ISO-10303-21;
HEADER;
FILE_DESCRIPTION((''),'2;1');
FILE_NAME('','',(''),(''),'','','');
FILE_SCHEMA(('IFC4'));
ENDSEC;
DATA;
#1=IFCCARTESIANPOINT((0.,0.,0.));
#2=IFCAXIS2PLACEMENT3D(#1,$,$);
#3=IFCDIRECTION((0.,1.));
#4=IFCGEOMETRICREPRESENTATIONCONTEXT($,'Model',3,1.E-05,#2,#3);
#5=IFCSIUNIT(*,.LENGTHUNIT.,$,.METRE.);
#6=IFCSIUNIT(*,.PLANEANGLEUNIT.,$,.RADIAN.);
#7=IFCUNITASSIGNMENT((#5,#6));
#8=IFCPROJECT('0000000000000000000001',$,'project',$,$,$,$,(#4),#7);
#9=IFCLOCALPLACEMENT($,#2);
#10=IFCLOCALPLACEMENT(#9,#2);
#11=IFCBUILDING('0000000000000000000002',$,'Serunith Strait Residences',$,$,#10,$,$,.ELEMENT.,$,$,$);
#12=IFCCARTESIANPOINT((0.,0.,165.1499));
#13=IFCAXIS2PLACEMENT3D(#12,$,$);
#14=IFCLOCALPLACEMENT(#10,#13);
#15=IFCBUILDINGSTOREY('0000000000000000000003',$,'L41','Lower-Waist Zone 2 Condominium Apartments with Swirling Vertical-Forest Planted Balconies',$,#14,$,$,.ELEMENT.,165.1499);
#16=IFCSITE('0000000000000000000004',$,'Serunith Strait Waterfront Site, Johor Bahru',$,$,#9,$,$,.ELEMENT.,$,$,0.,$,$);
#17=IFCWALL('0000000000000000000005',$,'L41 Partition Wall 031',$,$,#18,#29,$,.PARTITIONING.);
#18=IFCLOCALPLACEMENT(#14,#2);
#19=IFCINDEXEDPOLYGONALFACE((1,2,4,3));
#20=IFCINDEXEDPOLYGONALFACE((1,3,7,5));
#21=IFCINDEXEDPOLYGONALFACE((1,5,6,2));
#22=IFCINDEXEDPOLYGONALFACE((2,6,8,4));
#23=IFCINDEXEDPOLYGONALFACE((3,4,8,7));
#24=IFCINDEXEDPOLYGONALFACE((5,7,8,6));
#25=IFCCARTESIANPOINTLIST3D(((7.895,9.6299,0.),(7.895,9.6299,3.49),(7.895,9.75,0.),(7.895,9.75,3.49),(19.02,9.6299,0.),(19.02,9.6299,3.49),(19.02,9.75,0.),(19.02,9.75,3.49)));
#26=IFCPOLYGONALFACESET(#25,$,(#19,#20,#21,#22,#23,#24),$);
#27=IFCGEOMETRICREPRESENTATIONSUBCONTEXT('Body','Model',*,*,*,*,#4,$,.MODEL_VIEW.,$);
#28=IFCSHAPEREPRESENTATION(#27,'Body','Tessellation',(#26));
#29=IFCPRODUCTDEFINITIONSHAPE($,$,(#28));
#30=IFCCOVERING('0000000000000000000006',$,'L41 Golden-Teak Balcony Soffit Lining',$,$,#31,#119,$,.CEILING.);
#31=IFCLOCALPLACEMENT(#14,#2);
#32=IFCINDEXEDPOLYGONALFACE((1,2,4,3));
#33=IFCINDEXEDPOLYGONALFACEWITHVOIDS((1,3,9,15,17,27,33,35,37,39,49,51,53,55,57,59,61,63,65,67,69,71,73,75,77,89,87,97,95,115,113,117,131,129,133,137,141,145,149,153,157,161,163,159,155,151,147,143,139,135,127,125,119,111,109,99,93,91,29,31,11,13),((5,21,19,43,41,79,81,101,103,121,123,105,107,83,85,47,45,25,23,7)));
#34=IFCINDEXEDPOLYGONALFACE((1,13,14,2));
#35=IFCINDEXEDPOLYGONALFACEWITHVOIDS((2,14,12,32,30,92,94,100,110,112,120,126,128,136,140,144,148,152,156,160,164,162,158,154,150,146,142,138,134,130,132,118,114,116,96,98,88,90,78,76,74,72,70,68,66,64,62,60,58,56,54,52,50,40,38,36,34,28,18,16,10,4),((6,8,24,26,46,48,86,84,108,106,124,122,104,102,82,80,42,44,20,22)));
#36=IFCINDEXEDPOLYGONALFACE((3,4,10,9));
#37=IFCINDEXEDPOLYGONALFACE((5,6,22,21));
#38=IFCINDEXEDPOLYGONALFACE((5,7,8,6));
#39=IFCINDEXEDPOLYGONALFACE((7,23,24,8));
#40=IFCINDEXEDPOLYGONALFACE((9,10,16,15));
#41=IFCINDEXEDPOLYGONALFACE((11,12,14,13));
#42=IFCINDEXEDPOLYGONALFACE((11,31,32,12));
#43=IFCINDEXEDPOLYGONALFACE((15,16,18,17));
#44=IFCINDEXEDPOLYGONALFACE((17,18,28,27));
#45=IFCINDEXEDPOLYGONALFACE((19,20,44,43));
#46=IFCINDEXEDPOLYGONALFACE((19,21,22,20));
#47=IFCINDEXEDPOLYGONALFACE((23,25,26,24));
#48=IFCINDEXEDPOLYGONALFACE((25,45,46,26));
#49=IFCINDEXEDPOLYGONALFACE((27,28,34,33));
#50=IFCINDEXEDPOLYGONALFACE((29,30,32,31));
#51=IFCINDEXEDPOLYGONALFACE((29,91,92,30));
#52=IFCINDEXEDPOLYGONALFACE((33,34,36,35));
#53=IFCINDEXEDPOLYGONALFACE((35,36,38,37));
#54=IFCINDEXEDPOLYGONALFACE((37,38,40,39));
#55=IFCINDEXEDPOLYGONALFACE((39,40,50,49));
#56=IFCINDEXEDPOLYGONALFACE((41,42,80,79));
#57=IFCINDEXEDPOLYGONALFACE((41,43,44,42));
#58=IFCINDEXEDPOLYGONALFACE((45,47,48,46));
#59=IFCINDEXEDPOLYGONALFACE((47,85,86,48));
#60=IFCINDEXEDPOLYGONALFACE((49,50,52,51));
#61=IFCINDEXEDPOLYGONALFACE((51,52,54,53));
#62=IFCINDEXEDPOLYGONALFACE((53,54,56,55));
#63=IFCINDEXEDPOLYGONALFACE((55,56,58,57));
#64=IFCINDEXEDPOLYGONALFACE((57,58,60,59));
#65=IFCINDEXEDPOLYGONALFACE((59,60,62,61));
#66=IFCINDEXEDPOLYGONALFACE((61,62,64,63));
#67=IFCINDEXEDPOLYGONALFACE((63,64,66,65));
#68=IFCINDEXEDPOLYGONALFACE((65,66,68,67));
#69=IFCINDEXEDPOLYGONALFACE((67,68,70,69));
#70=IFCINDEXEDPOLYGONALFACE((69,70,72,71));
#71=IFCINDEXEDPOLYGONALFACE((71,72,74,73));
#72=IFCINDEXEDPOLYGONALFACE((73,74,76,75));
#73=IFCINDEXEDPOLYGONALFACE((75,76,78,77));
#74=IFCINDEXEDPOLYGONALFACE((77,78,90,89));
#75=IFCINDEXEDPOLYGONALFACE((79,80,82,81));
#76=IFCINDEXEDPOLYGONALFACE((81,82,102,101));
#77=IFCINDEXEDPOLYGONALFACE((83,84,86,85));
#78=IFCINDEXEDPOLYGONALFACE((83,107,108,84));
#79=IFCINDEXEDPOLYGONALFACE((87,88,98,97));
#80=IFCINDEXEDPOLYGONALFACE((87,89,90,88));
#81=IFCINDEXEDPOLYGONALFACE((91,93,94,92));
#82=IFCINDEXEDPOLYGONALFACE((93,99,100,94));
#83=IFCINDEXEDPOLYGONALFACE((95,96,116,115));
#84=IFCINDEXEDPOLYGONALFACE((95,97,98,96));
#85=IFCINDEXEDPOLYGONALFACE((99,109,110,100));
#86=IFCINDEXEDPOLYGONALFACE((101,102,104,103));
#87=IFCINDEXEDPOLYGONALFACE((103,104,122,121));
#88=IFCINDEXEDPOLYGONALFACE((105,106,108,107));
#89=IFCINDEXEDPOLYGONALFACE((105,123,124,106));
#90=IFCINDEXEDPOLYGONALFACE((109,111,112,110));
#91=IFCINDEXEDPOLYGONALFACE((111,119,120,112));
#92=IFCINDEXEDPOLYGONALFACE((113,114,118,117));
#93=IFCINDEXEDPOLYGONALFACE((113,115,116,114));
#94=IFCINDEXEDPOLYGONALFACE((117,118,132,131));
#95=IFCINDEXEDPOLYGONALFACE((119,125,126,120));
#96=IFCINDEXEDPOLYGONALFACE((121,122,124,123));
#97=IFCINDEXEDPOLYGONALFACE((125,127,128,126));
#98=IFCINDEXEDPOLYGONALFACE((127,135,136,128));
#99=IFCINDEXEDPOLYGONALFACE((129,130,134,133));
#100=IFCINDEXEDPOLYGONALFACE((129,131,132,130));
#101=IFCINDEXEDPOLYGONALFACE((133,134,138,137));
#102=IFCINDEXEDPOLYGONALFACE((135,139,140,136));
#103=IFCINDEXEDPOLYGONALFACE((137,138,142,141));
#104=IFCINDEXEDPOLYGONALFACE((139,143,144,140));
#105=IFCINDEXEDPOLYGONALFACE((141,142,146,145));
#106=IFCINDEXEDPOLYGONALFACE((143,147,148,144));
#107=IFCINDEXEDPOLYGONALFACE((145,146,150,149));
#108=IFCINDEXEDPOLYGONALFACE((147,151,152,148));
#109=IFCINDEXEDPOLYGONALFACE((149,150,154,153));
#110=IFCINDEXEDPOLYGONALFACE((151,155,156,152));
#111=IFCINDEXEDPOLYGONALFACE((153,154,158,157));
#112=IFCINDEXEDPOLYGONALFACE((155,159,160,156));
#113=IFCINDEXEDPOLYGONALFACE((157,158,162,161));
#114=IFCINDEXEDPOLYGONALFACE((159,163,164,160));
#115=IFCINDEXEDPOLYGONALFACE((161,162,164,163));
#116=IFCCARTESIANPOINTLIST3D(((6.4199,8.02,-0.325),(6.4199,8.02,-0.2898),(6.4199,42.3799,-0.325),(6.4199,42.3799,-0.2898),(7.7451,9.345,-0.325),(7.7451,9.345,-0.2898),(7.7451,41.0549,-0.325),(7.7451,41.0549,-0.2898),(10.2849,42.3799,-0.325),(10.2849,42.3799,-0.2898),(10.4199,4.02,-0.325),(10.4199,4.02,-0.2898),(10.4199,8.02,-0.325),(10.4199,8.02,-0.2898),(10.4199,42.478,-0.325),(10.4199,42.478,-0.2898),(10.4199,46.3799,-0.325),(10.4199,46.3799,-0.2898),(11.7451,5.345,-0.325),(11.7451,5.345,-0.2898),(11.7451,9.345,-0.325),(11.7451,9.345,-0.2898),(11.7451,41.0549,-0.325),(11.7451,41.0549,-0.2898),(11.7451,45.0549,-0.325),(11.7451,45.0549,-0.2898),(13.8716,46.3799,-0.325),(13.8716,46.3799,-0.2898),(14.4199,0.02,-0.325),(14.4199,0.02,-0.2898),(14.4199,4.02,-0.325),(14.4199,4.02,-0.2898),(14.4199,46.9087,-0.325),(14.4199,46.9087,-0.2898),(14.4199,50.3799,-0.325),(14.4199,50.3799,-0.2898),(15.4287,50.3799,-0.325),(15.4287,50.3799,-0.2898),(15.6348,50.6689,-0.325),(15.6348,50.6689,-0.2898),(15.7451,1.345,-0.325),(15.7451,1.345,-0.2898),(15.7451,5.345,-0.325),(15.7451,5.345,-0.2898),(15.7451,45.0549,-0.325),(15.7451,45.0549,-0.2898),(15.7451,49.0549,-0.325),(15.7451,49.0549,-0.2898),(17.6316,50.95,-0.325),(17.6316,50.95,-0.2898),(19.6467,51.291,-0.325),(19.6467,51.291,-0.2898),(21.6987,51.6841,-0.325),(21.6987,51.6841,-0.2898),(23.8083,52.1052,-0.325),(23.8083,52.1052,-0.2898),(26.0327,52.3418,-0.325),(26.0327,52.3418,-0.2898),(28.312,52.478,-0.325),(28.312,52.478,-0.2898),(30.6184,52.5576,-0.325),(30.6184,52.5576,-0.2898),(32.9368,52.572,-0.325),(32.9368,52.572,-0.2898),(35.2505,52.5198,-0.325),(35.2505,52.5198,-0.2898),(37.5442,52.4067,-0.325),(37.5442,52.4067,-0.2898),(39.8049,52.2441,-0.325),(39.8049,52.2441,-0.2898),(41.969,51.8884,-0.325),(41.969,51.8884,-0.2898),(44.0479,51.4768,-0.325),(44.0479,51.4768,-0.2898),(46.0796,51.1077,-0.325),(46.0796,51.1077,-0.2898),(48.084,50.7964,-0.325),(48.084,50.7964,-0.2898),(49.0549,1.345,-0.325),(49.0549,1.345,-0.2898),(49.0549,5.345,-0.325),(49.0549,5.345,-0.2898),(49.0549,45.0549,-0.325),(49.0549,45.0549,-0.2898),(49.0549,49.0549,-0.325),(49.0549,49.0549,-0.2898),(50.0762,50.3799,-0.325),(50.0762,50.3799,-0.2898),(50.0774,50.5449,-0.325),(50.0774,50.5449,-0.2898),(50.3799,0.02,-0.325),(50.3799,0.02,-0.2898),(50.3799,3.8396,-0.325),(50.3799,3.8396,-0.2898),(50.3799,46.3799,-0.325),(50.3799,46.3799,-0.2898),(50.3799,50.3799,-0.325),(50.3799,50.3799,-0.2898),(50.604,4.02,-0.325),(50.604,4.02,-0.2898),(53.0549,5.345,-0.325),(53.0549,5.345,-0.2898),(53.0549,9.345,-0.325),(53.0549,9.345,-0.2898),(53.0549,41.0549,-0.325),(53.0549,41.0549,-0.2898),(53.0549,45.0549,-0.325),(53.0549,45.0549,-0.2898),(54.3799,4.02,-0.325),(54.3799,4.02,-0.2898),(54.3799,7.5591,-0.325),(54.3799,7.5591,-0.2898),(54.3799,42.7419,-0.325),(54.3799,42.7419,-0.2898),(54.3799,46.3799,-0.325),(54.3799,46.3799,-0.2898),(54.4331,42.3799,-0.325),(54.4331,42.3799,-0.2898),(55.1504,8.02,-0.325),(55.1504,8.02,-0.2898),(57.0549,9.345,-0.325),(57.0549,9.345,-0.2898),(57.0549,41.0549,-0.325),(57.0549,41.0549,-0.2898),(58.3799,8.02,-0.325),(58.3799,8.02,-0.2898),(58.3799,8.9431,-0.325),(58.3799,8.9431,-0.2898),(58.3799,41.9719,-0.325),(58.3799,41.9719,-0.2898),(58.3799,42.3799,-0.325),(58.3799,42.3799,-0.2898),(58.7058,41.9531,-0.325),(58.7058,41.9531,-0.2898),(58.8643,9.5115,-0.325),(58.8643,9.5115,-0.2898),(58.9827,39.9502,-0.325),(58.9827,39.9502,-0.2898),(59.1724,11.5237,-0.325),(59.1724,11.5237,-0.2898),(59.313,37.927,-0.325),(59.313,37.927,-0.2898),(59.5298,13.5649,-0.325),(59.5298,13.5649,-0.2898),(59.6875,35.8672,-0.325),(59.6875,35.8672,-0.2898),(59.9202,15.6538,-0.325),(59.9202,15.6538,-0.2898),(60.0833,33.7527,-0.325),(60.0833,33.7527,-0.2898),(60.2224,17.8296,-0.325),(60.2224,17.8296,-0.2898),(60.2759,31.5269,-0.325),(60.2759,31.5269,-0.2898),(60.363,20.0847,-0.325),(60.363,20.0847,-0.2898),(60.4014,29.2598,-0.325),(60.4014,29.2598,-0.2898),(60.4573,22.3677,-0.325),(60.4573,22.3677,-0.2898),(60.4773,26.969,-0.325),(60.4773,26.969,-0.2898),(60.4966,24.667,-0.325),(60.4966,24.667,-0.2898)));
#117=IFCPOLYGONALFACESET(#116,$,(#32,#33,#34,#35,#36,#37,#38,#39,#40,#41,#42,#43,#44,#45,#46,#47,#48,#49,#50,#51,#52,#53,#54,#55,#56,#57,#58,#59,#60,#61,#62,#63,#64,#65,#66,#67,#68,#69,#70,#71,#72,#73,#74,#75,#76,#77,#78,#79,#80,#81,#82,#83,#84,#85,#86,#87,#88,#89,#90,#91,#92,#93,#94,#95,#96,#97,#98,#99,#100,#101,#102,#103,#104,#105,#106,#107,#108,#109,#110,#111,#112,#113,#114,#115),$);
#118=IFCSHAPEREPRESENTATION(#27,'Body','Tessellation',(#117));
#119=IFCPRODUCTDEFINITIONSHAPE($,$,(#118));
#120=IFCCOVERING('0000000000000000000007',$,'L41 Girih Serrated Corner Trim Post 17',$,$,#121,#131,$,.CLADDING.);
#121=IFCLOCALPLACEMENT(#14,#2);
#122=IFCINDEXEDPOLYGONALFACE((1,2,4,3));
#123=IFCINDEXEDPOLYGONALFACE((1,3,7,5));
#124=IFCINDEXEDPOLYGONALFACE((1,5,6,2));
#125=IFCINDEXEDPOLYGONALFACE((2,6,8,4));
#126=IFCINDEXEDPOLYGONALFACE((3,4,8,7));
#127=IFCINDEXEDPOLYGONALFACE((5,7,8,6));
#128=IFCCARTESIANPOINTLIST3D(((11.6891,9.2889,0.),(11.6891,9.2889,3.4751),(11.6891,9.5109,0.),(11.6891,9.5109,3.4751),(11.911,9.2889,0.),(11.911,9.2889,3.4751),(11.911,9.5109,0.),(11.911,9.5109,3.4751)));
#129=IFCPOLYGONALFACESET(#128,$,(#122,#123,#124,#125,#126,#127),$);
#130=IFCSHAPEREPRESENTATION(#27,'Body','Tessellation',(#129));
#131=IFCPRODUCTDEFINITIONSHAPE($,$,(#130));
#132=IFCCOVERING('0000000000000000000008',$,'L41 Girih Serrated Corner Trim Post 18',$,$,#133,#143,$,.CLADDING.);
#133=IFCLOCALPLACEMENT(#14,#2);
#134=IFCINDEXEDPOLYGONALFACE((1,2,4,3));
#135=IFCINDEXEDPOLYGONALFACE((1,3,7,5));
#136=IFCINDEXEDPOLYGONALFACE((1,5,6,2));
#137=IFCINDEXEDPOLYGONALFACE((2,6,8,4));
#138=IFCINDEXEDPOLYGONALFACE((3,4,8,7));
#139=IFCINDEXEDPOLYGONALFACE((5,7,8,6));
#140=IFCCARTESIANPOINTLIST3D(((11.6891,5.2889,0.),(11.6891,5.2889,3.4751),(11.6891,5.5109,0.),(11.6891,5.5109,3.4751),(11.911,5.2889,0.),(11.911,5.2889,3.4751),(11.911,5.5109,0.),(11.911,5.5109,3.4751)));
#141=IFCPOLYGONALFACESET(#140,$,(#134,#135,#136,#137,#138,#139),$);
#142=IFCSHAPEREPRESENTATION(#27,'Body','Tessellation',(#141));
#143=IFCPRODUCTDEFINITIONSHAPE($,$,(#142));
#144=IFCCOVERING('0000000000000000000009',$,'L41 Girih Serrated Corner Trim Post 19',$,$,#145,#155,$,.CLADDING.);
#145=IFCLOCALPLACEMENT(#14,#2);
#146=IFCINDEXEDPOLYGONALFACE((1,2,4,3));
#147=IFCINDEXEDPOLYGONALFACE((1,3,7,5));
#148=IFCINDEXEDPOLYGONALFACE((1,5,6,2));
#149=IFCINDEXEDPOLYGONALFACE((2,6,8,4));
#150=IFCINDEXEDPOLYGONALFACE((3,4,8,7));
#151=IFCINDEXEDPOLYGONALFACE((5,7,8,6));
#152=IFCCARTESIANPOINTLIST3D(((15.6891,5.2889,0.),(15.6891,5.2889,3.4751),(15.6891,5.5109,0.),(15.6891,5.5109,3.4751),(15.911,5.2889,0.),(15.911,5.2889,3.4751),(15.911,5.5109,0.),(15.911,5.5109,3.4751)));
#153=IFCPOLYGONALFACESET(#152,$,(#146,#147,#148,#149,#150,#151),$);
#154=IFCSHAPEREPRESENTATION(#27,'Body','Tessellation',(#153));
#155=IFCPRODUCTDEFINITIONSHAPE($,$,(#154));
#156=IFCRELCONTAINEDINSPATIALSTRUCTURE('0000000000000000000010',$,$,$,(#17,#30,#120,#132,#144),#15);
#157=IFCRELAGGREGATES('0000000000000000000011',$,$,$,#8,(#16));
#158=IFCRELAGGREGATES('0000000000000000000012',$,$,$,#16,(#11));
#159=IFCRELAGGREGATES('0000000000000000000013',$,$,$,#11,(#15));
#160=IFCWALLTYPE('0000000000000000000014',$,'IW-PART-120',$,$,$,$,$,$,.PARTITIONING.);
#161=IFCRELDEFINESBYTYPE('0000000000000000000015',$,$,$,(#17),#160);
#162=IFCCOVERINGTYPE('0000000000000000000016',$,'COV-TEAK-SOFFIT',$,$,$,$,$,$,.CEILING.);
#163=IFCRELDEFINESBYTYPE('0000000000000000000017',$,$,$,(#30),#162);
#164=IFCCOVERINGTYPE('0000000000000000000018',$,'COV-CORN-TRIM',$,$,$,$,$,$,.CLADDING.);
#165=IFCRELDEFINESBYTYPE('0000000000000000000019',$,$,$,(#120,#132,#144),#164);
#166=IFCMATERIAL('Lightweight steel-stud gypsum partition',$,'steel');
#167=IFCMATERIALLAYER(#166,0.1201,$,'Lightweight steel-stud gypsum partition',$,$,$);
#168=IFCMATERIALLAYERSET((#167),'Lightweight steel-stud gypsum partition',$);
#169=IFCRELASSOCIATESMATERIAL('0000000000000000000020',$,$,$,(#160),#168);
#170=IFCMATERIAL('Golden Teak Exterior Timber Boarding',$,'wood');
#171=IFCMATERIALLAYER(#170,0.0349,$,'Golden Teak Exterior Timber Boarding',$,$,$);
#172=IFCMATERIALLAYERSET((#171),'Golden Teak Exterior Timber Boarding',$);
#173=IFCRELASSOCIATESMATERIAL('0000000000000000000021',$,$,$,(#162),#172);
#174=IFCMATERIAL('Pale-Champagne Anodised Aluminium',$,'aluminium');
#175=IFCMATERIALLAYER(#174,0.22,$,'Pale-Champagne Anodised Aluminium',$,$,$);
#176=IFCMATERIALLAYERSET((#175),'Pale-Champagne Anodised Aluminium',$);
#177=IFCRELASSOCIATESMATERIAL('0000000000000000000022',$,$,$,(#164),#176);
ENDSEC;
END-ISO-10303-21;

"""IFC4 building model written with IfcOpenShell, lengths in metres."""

from ifc_helpers import new_model, si_unit, direction, frame, frame_2d, origin, origin_2d, place, context, subcontext, project, spatial, polyline, rectangle, outline, extrude, source, transform, mapped, material, layer, layer_set, type_object, element, save


model = new_model("IFC4")

# Units and contexts
model_context = context("Model", 3, precision=1e-05, world=origin(), true_north=direction((0.0, 1.0)))
body_context = subcontext(model_context, "Body", "Model", "MODEL_VIEW")
ifc_project = project(units=[si_unit("LENGTHUNIT", "METRE"), si_unit("PLANEANGLEUNIT", "RADIAN")], contexts=[model_context])

# Site, building, storey
site_placement = place(None, origin())
site = spatial("IfcSite", under=ifc_project, at=site_placement, Name="Serunith Strait Waterfront Site, Johor Bahru", CompositionType="ELEMENT", RefElevation=0.0)
building_placement = place(site_placement, origin())
building = spatial("IfcBuilding", under=site, at=building_placement, Name="Serunith Strait Residences", CompositionType="ELEMENT")
storey_placement = place(building_placement, frame((0.0, 0.0, 165.1499)))
storey = spatial("IfcBuildingStorey", under=building, at=storey_placement, Name="L41", Description="Lower-Waist Zone 2 Condominium Apartments with Swirling Vertical-Forest Planted Balconies", CompositionType="ELEMENT", Elevation=165.1499)

# Shared definitions
ifc_material_1 = material(Name="Pale-Champagne Anodised Aluminium", Category="aluminium")

# Wall
ifc_material_2 = material(Name="Lightweight steel-stud gypsum partition", Category="steel")
ifc_layer_1 = layer(ifc_material_2, 0.1201, Name="Lightweight steel-stud gypsum partition")
ifc_layer_set_1 = layer_set([ifc_layer_1], Name="Lightweight steel-stud gypsum partition")
wall_type_1 = type_object("IfcWallType", Name="IW-PART-120", PredefinedType="PARTITIONING", material=ifc_layer_set_1)
wall_1_placement = place(storey_placement, frame((7.895, 9.6899, 0.0), z_axis=(0.0, 0.0, 1.0), x_axis=(1.0, 0.0, 0.0)))
element("IfcWall", 1, at=wall_1_placement, inside=storey, type_object=wall_type_1, Name="L41 Partition Wall 031", PredefinedType="PARTITIONING", context=body_context, shape_type="SweptSolid", body=[
    extrude(rectangle(XDim=11.125, YDim=0.1201, at=frame_2d((5.5625, 0.0))), origin(), (0.0, 0.0, 1.0), 3.49),
])

# Covering
ifc_material_3 = material(Name="Golden Teak Exterior Timber Boarding", Category="wood")
ifc_layer_2 = layer(ifc_material_3, 0.0349, Name="Golden Teak Exterior Timber Boarding")
ifc_layer_set_2 = layer_set([ifc_layer_2], Name="Golden Teak Exterior Timber Boarding")
covering_type_1 = type_object("IfcCoveringType", Name="COV-TEAK-SOFFIT", PredefinedType="CEILING", material=ifc_layer_set_2)
covering_placement = place(storey_placement, frame((0.0, 0.0, -0.325)))
element("IfcCovering", 2, at=covering_placement, inside=storey, type_object=covering_type_1, Name="L41 Golden-Teak Balcony Soffit Lining", PredefinedType="CEILING", context=body_context, shape_type="SweptSolid", body=[
    extrude(outline(polyline([(10.4199, 46.3799), (13.8716, 46.3799), (14.4199, 46.9087), (14.4199, 50.3799), (15.4287, 50.3799), (15.6348, 50.6689), (17.6316, 50.95), (19.6467, 51.291), (21.6987, 51.6841), (23.8083, 52.1052), (26.0327, 52.3418), (28.312, 52.478), (30.6184, 52.5576), (32.9368, 52.572), (35.2505, 52.5198), (37.5442, 52.4067), (39.8049, 52.2441), (41.969, 51.8884), (44.0479, 51.4768), (46.0796, 51.1077), (48.084, 50.7964), (50.0774, 50.5449), (50.0762, 50.3799), (50.3799, 50.3799), (50.3799, 46.3799), (54.3799, 46.3799), (54.3799, 42.7419), (54.4331, 42.3799), (58.3799, 42.3799), (58.3799, 41.9719), (58.7058, 41.9531), (58.9827, 39.9502), (59.313, 37.927), (59.6875, 35.8672), (60.0833, 33.7527), (60.2759, 31.5269), (60.4014, 29.2598), (60.4773, 26.969), (60.4966, 24.667), (60.4573, 22.3677), (60.363, 20.0847), (60.2224, 17.8296), (59.9202, 15.6538), (59.5298, 13.5649), (59.1724, 11.5237), (58.8643, 9.5115), (58.3799, 8.9431), (58.3799, 8.02), (55.1504, 8.02), (54.3799, 7.5591), (54.3799, 4.02), (50.604, 4.02), (50.3799, 3.8396), (50.3799, 0.02), (14.4199, 0.02), (14.4199, 4.02), (10.4199, 4.02), (10.4199, 8.02), (6.4199, 8.02), (6.4199, 42.3799), (10.2849, 42.3799), (10.4199, 42.478), (10.4199, 46.3799)]), holes=[polyline([(49.0549, 1.345), (49.0549, 5.345), (53.0549, 5.345), (53.0549, 9.345), (57.0549, 9.345), (57.0549, 41.0549), (53.0549, 41.0549), (53.0549, 45.0549), (49.0549, 45.0549), (49.0549, 49.0549), (15.7451, 49.0549), (15.7451, 45.0549), (11.7451, 45.0549), (11.7451, 41.0549), (7.7451, 41.0549), (7.7451, 9.345), (11.7451, 9.345), (11.7451, 5.345), (15.7451, 5.345), (15.7451, 1.345), (49.0549, 1.345)])]), origin(), (0.0, 0.0, 1.0), 0.0352),
])

# Coverings
ifc_layer_3 = layer(ifc_material_1, 0.22, Name="Pale-Champagne Anodised Aluminium")
ifc_layer_set_3 = layer_set([ifc_layer_3], Name="Pale-Champagne Anodised Aluminium")
covering_type_2 = type_object("IfcCoveringType", Name="COV-CORN-TRIM", PredefinedType="CLADDING", material=ifc_layer_set_3)
shared_shape_1 = source(origin(), body_context, "Body", "SweptSolid", [
    extrude(rectangle(XDim=0.2219, YDim=0.2219, at=origin_2d()), origin(), (0.0, 0.0, 1.0), 3.4751),
])
for number, where, z_axis, x_axis, name in (
    (3, (11.8, 9.3999, 0.0), (0.0, 0.0, 1.0), (1.0, 0.0, 0.0), "L41 Girih Serrated Corner Trim Post 17"),
    (4, (11.8, 5.3999, 0.0), (0.0, 0.0, 1.0), (1.0, 0.0, 0.0), "L41 Girih Serrated Corner Trim Post 18"),
    (5, (15.8, 5.3999, 0.0), (0.0, 0.0, 1.0), (1.0, 0.0, 0.0), "L41 Girih Serrated Corner Trim Post 19"),
):
    element("IfcCovering", number, at=place(storey_placement, frame(where, z_axis=z_axis, x_axis=x_axis)), inside=storey, type_object=covering_type_2, Name=name, PredefinedType="CLADDING", context=body_context, shape_type="MappedRepresentation", body=[
        mapped(shared_shape_1, transform((0.0, 0.0, 0.0), scale=1.0)),
    ])

save(model, "model.ifc")
